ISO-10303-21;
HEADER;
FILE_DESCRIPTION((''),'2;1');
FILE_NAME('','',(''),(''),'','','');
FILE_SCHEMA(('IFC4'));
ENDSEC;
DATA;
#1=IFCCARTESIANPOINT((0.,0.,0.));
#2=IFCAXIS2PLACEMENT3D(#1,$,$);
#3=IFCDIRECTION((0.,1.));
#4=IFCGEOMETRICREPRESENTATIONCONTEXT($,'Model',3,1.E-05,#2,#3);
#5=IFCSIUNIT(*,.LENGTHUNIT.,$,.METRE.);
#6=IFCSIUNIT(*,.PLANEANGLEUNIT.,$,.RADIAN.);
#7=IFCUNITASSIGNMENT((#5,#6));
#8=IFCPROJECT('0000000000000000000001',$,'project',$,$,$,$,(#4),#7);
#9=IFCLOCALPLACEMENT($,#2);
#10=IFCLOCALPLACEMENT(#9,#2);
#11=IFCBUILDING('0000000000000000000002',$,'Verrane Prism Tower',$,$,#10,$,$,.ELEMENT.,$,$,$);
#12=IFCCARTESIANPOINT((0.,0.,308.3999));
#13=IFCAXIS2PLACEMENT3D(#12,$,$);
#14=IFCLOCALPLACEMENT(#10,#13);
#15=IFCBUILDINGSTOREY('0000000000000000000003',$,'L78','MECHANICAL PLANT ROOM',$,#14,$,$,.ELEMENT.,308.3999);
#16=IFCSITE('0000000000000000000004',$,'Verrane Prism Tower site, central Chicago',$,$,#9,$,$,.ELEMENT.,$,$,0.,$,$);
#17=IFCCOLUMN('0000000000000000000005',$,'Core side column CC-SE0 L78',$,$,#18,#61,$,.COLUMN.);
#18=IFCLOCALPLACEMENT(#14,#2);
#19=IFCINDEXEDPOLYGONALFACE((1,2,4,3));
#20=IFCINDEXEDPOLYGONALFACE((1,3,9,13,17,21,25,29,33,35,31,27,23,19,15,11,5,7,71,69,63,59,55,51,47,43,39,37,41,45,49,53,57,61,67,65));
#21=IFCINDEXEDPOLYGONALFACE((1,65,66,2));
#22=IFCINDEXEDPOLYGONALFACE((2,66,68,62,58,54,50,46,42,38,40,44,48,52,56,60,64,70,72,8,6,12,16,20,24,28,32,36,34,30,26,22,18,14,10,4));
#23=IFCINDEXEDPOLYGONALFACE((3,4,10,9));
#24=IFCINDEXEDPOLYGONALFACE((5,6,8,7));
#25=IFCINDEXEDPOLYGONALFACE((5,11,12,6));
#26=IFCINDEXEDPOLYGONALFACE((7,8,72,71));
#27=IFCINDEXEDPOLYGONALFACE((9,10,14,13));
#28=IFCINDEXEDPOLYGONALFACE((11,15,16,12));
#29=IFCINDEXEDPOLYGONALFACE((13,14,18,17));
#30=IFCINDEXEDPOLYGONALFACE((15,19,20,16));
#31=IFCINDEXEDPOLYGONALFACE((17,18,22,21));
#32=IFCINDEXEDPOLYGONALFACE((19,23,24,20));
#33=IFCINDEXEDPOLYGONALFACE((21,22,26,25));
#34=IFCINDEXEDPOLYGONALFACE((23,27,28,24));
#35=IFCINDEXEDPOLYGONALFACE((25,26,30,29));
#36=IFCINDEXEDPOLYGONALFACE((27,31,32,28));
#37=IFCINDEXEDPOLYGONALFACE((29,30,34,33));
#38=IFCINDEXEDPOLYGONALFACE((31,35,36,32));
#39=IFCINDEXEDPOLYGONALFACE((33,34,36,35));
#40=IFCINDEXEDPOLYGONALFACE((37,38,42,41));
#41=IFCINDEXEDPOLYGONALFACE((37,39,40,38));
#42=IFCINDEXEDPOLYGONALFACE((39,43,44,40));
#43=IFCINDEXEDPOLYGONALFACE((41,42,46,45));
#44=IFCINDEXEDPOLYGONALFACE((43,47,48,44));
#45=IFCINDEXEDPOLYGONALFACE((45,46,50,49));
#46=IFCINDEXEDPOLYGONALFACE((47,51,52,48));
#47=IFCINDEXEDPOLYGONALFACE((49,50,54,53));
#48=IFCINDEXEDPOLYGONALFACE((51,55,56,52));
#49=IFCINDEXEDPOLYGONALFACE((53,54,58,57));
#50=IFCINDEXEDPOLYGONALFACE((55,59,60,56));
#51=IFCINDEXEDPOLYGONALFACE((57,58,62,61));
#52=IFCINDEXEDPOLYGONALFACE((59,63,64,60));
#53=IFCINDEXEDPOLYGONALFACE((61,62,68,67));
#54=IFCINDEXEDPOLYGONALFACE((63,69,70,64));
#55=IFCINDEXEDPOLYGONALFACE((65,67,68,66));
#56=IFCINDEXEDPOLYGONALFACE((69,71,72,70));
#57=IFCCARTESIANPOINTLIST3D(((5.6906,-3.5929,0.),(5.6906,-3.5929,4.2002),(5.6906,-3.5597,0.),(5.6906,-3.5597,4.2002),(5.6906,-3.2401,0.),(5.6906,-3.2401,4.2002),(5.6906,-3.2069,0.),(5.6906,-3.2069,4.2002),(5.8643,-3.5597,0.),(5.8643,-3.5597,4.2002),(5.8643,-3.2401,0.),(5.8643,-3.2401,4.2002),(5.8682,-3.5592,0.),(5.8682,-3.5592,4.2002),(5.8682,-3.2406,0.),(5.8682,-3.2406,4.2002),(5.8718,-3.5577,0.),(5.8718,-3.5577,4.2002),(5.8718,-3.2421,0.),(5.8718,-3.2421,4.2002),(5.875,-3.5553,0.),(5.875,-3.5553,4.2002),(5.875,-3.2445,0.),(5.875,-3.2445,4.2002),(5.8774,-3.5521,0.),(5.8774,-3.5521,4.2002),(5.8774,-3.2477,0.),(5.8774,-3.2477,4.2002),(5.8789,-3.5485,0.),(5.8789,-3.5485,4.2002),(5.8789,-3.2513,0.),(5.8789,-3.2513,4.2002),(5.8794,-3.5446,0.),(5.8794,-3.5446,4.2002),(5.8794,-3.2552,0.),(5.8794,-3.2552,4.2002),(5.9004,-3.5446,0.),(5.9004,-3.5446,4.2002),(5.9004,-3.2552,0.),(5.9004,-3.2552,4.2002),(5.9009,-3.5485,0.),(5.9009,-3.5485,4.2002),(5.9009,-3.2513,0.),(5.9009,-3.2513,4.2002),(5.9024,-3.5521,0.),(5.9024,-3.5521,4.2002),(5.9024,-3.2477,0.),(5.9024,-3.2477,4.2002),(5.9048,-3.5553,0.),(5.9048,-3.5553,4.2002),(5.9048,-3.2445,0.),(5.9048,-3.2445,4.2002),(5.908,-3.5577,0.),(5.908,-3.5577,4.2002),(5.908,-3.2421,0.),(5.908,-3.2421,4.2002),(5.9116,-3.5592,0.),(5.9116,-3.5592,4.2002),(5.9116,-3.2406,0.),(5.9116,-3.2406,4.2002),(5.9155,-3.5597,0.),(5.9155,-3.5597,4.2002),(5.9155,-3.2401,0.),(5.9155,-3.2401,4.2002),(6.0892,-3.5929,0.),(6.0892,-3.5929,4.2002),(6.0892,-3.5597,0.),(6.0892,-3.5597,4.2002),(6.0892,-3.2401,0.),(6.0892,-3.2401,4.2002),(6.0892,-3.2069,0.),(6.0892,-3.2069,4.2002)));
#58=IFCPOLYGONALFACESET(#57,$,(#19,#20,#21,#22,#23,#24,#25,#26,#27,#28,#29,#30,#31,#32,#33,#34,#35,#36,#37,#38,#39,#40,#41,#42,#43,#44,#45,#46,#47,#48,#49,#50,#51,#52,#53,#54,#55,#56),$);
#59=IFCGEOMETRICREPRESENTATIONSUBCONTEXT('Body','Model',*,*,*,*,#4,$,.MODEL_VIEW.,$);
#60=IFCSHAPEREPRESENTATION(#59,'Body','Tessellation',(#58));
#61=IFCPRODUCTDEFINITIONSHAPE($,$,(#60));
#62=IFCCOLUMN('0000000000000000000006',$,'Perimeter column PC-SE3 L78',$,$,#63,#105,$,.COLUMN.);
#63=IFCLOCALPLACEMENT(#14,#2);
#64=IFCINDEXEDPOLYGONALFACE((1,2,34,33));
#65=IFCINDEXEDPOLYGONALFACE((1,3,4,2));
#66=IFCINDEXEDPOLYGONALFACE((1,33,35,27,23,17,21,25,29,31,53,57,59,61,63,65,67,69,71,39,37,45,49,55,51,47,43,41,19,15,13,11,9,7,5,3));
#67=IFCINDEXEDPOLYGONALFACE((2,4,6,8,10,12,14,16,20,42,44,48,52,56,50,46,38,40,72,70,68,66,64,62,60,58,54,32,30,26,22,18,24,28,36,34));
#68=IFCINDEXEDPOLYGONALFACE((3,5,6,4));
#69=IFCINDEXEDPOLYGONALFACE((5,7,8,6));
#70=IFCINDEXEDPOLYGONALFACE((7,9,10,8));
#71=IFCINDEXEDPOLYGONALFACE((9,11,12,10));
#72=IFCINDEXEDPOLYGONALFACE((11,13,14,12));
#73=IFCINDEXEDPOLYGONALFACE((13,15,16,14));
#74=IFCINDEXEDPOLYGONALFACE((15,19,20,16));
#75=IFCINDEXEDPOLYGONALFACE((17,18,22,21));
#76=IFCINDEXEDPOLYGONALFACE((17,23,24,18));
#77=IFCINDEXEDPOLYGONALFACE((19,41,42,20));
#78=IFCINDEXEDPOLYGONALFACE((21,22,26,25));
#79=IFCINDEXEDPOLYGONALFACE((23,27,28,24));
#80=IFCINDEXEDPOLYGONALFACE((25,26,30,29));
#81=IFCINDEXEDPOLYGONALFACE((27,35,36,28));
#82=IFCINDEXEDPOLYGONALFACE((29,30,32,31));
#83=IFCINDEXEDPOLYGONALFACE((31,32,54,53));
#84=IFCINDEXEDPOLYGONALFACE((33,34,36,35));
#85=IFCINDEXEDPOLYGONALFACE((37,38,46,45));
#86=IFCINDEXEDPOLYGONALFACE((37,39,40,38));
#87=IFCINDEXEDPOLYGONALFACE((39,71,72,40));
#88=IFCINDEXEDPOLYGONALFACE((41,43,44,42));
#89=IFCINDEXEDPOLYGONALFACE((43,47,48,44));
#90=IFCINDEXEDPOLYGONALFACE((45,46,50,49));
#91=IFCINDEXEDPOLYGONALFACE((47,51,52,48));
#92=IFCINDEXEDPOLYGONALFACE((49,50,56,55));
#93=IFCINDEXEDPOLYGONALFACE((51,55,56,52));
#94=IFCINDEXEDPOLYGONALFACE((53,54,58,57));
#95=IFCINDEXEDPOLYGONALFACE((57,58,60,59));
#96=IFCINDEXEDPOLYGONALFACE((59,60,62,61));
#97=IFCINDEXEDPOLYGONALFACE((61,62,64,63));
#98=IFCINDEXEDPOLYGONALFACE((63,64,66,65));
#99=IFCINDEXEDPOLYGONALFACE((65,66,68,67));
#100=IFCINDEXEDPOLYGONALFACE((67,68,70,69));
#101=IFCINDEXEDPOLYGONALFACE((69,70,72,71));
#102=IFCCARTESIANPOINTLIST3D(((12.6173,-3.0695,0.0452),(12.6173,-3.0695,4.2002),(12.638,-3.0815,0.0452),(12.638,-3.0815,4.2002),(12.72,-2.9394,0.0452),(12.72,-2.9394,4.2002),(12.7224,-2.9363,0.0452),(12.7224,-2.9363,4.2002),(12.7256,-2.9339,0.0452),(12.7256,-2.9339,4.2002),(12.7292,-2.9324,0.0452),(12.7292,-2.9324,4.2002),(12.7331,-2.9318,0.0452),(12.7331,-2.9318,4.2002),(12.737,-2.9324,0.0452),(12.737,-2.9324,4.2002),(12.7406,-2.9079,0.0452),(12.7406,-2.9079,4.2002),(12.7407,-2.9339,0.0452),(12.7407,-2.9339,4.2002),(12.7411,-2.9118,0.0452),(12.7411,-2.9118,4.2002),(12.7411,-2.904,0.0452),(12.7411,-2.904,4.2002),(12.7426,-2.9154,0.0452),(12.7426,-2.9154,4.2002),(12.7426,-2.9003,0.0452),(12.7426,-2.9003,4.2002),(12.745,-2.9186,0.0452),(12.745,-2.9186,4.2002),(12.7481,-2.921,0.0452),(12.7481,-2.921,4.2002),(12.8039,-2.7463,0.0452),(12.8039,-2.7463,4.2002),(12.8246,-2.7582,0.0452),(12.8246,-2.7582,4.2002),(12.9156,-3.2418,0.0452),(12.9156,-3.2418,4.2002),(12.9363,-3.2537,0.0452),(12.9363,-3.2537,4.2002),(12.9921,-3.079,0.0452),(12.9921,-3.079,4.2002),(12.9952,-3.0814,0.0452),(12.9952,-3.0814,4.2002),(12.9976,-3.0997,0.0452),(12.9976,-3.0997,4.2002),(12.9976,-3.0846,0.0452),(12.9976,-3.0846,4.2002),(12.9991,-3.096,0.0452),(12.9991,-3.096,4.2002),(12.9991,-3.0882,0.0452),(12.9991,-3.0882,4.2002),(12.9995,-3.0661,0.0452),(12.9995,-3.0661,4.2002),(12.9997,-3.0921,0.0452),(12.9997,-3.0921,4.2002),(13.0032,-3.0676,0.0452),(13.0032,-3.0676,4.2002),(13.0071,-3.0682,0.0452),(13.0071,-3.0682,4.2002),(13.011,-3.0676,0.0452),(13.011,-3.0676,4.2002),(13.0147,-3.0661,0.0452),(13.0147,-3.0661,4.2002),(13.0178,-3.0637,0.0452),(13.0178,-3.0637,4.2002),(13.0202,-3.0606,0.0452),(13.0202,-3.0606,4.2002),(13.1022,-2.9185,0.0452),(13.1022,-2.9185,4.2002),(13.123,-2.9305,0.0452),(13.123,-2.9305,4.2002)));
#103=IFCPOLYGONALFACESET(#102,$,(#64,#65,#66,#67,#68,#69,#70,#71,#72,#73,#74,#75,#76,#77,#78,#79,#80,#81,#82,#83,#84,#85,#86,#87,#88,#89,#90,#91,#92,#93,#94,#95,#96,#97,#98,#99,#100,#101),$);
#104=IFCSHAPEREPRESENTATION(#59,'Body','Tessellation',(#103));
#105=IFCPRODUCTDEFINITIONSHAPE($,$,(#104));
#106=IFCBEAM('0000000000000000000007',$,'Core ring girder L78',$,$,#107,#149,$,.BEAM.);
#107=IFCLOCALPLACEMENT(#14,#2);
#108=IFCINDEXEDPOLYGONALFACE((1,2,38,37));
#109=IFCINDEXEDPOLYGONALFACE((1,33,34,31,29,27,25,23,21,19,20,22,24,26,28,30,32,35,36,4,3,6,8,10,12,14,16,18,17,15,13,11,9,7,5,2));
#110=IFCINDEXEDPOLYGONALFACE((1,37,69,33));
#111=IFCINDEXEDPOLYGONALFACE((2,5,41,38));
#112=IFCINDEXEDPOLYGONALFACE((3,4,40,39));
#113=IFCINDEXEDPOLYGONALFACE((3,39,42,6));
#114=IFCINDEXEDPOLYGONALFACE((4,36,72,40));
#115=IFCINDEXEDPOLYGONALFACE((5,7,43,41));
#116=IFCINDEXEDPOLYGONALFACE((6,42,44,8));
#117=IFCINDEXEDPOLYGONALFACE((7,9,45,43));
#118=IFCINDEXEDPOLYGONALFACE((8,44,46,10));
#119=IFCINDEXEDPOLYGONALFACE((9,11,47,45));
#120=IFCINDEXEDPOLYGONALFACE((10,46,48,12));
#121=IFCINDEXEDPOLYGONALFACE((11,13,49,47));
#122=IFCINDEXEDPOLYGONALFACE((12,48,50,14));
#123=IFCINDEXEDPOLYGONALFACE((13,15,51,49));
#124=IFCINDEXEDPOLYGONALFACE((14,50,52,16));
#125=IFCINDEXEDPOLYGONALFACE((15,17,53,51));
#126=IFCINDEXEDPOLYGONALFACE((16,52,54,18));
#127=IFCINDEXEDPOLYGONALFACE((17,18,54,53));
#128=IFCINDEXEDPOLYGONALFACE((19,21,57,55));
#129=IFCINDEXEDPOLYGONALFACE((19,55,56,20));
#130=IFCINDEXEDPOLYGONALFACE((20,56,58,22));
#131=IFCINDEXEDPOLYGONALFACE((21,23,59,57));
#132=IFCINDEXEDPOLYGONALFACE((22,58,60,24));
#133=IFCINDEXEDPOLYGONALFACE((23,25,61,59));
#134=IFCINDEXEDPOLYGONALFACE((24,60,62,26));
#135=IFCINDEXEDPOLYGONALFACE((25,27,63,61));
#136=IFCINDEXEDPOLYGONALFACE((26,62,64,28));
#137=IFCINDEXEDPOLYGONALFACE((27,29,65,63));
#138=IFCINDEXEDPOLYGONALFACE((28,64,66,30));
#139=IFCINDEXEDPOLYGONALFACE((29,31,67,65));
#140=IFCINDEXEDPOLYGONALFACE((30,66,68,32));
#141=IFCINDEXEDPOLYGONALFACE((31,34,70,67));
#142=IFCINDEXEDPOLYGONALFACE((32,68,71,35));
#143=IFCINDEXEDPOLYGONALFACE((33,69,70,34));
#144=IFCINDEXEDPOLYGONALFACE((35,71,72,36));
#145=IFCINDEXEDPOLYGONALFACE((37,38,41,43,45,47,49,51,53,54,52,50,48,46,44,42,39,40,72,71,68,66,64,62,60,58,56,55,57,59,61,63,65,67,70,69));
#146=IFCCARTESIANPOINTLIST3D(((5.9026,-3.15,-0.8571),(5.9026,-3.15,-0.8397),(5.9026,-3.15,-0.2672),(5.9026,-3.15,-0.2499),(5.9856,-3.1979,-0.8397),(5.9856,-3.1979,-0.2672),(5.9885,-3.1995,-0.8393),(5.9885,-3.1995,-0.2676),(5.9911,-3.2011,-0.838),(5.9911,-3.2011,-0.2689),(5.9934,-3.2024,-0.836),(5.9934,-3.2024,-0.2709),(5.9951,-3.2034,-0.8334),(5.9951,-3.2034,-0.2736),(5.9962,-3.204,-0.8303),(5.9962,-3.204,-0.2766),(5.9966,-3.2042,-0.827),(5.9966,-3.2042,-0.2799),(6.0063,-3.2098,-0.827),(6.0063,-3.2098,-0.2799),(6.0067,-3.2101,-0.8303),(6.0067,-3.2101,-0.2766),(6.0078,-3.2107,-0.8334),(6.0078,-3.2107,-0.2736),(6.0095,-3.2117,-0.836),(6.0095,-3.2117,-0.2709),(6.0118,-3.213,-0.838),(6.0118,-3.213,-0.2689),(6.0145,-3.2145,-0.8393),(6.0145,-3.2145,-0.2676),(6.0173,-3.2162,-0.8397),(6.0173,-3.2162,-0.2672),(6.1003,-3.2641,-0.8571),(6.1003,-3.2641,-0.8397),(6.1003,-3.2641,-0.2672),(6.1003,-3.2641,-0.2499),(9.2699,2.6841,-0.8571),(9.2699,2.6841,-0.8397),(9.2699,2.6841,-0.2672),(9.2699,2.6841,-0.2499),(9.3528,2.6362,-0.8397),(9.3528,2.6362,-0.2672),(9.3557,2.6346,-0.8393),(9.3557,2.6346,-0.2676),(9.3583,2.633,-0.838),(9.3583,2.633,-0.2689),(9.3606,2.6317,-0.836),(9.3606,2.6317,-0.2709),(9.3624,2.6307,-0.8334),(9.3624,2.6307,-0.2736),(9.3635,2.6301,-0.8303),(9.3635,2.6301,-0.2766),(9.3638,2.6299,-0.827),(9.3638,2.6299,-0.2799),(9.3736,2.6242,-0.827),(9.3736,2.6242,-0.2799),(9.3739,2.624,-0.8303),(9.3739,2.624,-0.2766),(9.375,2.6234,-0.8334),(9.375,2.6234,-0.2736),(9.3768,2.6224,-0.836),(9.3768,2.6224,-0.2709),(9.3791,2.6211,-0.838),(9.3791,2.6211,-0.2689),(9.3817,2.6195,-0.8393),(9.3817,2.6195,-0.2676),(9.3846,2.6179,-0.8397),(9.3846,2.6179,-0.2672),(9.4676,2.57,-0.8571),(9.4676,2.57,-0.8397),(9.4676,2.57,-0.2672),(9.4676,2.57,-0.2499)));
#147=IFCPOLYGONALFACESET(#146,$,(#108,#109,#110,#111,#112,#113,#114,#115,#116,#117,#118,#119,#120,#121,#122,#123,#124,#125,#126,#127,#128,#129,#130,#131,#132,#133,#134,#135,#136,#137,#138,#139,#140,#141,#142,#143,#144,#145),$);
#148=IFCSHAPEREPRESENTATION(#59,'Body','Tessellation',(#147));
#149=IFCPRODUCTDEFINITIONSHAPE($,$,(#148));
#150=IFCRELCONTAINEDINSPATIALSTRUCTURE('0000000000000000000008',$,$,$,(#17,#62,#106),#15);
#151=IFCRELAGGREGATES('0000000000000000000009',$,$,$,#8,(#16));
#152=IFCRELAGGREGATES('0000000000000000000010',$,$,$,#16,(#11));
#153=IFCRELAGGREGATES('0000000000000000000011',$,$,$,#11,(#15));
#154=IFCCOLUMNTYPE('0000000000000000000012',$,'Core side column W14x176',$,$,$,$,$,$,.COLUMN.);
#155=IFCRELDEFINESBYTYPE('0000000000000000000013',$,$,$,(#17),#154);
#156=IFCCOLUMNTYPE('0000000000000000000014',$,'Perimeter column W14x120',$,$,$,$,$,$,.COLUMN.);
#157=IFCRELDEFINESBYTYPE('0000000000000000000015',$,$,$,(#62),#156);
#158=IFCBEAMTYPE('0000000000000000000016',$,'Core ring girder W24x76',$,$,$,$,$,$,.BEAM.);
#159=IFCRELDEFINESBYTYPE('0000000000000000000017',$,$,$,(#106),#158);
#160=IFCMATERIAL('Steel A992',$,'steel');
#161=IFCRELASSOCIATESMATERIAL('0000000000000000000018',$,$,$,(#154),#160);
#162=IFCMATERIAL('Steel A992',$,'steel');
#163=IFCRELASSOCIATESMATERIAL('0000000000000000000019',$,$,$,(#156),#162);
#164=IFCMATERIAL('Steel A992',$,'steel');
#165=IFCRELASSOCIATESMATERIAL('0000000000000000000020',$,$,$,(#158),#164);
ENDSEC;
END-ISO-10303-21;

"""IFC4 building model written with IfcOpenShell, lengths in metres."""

from ifc_helpers import new_model, si_unit, direction, frame, origin, origin_2d, place, context, subcontext, project, spatial, i_section, extrude, material, material_profile, profile_set, type_object, element, save


model = new_model("IFC4")

# Units and contexts
model_context = context("Model", 3, precision=1e-05, world=origin(), true_north=direction((0.0, 1.0)))
body_context = subcontext(model_context, "Body", "Model", "MODEL_VIEW")
ifc_project = project(units=[si_unit("LENGTHUNIT", "METRE"), si_unit("PLANEANGLEUNIT", "RADIAN")], contexts=[model_context])

# Site, building, storey
site_placement = place(None, origin())
site = spatial("IfcSite", under=ifc_project, at=site_placement, Name="Verrane Prism Tower site, central Chicago", CompositionType="ELEMENT", RefElevation=0.0)
building_placement = place(site_placement, origin())
building = spatial("IfcBuilding", under=site, at=building_placement, Name="Verrane Prism Tower", CompositionType="ELEMENT")
storey_placement = place(building_placement, frame((0.0, 0.0, 308.3999)))
storey = spatial("IfcBuildingStorey", under=building, at=storey_placement, Name="L78", Description="MECHANICAL PLANT ROOM", CompositionType="ELEMENT", Elevation=308.3999)

# Columns
ifc_material_1 = material(Name="Steel A992", Category="steel")
ifc_material_profile_1 = material_profile(ifc_material_1, i_section(OverallWidth=0.3987, OverallDepth=0.386, WebThickness=0.021, FlangeThickness=0.0332, FilletRadius=0.0151, at=origin_2d()), Name="W14x176")
ifc_profile_set_1 = profile_set([ifc_material_profile_1], Name="Steel A992")
column_type_1 = type_object("IfcColumnType", Name="Core side column W14x176", PredefinedType="COLUMN", material=ifc_profile_set_1)
column_1_placement = place(storey_placement, frame((5.8899, -3.3999, 0.0), z_axis=(0.0, 0.0, 1.0), x_axis=(1.0, 0.0, 0.0)))
element("IfcColumn", 1, at=column_1_placement, inside=storey, type_object=column_type_1, Name="Core side column CC-SE0 L78", PredefinedType="COLUMN", context=body_context, shape_type="SweptSolid", body=[
    extrude(i_section(OverallWidth=0.3987, OverallDepth=0.386, WebThickness=0.021, FlangeThickness=0.0332, FilletRadius=0.0151, at=origin_2d()), origin(), (0.0, 0.0, 1.0), 4.2002),
])
ifc_material_2 = material(Name="Steel A992", Category="steel")
ifc_material_profile_2 = material_profile(ifc_material_2, i_section(OverallWidth=0.3733, OverallDepth=0.3684, WebThickness=0.0149, FlangeThickness=0.0239, FilletRadius=0.0151, at=origin_2d()), Name="W14x120")
ifc_profile_set_2 = profile_set([ifc_material_profile_2], Name="Steel A992")
column_type_2 = type_object("IfcColumnType", Name="Perimeter column W14x120", PredefinedType="COLUMN", material=ifc_profile_set_2)
column_2_placement = place(storey_placement, frame((12.8701, -3.0, 0.0452), z_axis=(0.0, 0.0, 1.0), x_axis=(-0.5, -0.866025, 0.0)))
element("IfcColumn", 2, at=column_2_placement, inside=storey, type_object=column_type_2, Name="Perimeter column PC-SE3 L78", PredefinedType="COLUMN", context=body_context, shape_type="SweptSolid", body=[
    extrude(i_section(OverallWidth=0.3733, OverallDepth=0.3684, WebThickness=0.0149, FlangeThickness=0.0239, FilletRadius=0.0151, at=origin_2d()), origin(), (0.0, 0.0, 1.0), 4.155),
])

# Beam
ifc_material_3 = material(Name="Steel A992", Category="steel")
ifc_material_profile_3 = material_profile(ifc_material_3, i_section(OverallWidth=0.2283, OverallDepth=0.6072, WebThickness=0.0112, FlangeThickness=0.0173, FilletRadius=0.0127, at=origin_2d()), Name="W24x76")
ifc_profile_set_3 = profile_set([ifc_material_profile_3], Name="Steel A992")
beam_type_1 = type_object("IfcBeamType", Name="Core ring girder W24x76", PredefinedType="BEAM", material=ifc_profile_set_3)
beam_1_placement = place(storey_placement, frame((6.0015, -3.207, -0.5535), z_axis=(0.499881, 0.866094, 0.0), x_axis=(-0.866094, 0.499881, 0.0)))
element("IfcBeam", 3, at=beam_1_placement, inside=storey, type_object=beam_type_1, Name="Core ring girder L78", PredefinedType="BEAM", context=body_context, shape_type="SweptSolid", body=[
    extrude(i_section(OverallWidth=0.2283, OverallDepth=0.6072, WebThickness=0.0112, FlangeThickness=0.0173, FilletRadius=0.0127, at=origin_2d()), origin(), (0.0, 0.0, 1.0), 6.7361),
])

save(model, "model.ifc")
